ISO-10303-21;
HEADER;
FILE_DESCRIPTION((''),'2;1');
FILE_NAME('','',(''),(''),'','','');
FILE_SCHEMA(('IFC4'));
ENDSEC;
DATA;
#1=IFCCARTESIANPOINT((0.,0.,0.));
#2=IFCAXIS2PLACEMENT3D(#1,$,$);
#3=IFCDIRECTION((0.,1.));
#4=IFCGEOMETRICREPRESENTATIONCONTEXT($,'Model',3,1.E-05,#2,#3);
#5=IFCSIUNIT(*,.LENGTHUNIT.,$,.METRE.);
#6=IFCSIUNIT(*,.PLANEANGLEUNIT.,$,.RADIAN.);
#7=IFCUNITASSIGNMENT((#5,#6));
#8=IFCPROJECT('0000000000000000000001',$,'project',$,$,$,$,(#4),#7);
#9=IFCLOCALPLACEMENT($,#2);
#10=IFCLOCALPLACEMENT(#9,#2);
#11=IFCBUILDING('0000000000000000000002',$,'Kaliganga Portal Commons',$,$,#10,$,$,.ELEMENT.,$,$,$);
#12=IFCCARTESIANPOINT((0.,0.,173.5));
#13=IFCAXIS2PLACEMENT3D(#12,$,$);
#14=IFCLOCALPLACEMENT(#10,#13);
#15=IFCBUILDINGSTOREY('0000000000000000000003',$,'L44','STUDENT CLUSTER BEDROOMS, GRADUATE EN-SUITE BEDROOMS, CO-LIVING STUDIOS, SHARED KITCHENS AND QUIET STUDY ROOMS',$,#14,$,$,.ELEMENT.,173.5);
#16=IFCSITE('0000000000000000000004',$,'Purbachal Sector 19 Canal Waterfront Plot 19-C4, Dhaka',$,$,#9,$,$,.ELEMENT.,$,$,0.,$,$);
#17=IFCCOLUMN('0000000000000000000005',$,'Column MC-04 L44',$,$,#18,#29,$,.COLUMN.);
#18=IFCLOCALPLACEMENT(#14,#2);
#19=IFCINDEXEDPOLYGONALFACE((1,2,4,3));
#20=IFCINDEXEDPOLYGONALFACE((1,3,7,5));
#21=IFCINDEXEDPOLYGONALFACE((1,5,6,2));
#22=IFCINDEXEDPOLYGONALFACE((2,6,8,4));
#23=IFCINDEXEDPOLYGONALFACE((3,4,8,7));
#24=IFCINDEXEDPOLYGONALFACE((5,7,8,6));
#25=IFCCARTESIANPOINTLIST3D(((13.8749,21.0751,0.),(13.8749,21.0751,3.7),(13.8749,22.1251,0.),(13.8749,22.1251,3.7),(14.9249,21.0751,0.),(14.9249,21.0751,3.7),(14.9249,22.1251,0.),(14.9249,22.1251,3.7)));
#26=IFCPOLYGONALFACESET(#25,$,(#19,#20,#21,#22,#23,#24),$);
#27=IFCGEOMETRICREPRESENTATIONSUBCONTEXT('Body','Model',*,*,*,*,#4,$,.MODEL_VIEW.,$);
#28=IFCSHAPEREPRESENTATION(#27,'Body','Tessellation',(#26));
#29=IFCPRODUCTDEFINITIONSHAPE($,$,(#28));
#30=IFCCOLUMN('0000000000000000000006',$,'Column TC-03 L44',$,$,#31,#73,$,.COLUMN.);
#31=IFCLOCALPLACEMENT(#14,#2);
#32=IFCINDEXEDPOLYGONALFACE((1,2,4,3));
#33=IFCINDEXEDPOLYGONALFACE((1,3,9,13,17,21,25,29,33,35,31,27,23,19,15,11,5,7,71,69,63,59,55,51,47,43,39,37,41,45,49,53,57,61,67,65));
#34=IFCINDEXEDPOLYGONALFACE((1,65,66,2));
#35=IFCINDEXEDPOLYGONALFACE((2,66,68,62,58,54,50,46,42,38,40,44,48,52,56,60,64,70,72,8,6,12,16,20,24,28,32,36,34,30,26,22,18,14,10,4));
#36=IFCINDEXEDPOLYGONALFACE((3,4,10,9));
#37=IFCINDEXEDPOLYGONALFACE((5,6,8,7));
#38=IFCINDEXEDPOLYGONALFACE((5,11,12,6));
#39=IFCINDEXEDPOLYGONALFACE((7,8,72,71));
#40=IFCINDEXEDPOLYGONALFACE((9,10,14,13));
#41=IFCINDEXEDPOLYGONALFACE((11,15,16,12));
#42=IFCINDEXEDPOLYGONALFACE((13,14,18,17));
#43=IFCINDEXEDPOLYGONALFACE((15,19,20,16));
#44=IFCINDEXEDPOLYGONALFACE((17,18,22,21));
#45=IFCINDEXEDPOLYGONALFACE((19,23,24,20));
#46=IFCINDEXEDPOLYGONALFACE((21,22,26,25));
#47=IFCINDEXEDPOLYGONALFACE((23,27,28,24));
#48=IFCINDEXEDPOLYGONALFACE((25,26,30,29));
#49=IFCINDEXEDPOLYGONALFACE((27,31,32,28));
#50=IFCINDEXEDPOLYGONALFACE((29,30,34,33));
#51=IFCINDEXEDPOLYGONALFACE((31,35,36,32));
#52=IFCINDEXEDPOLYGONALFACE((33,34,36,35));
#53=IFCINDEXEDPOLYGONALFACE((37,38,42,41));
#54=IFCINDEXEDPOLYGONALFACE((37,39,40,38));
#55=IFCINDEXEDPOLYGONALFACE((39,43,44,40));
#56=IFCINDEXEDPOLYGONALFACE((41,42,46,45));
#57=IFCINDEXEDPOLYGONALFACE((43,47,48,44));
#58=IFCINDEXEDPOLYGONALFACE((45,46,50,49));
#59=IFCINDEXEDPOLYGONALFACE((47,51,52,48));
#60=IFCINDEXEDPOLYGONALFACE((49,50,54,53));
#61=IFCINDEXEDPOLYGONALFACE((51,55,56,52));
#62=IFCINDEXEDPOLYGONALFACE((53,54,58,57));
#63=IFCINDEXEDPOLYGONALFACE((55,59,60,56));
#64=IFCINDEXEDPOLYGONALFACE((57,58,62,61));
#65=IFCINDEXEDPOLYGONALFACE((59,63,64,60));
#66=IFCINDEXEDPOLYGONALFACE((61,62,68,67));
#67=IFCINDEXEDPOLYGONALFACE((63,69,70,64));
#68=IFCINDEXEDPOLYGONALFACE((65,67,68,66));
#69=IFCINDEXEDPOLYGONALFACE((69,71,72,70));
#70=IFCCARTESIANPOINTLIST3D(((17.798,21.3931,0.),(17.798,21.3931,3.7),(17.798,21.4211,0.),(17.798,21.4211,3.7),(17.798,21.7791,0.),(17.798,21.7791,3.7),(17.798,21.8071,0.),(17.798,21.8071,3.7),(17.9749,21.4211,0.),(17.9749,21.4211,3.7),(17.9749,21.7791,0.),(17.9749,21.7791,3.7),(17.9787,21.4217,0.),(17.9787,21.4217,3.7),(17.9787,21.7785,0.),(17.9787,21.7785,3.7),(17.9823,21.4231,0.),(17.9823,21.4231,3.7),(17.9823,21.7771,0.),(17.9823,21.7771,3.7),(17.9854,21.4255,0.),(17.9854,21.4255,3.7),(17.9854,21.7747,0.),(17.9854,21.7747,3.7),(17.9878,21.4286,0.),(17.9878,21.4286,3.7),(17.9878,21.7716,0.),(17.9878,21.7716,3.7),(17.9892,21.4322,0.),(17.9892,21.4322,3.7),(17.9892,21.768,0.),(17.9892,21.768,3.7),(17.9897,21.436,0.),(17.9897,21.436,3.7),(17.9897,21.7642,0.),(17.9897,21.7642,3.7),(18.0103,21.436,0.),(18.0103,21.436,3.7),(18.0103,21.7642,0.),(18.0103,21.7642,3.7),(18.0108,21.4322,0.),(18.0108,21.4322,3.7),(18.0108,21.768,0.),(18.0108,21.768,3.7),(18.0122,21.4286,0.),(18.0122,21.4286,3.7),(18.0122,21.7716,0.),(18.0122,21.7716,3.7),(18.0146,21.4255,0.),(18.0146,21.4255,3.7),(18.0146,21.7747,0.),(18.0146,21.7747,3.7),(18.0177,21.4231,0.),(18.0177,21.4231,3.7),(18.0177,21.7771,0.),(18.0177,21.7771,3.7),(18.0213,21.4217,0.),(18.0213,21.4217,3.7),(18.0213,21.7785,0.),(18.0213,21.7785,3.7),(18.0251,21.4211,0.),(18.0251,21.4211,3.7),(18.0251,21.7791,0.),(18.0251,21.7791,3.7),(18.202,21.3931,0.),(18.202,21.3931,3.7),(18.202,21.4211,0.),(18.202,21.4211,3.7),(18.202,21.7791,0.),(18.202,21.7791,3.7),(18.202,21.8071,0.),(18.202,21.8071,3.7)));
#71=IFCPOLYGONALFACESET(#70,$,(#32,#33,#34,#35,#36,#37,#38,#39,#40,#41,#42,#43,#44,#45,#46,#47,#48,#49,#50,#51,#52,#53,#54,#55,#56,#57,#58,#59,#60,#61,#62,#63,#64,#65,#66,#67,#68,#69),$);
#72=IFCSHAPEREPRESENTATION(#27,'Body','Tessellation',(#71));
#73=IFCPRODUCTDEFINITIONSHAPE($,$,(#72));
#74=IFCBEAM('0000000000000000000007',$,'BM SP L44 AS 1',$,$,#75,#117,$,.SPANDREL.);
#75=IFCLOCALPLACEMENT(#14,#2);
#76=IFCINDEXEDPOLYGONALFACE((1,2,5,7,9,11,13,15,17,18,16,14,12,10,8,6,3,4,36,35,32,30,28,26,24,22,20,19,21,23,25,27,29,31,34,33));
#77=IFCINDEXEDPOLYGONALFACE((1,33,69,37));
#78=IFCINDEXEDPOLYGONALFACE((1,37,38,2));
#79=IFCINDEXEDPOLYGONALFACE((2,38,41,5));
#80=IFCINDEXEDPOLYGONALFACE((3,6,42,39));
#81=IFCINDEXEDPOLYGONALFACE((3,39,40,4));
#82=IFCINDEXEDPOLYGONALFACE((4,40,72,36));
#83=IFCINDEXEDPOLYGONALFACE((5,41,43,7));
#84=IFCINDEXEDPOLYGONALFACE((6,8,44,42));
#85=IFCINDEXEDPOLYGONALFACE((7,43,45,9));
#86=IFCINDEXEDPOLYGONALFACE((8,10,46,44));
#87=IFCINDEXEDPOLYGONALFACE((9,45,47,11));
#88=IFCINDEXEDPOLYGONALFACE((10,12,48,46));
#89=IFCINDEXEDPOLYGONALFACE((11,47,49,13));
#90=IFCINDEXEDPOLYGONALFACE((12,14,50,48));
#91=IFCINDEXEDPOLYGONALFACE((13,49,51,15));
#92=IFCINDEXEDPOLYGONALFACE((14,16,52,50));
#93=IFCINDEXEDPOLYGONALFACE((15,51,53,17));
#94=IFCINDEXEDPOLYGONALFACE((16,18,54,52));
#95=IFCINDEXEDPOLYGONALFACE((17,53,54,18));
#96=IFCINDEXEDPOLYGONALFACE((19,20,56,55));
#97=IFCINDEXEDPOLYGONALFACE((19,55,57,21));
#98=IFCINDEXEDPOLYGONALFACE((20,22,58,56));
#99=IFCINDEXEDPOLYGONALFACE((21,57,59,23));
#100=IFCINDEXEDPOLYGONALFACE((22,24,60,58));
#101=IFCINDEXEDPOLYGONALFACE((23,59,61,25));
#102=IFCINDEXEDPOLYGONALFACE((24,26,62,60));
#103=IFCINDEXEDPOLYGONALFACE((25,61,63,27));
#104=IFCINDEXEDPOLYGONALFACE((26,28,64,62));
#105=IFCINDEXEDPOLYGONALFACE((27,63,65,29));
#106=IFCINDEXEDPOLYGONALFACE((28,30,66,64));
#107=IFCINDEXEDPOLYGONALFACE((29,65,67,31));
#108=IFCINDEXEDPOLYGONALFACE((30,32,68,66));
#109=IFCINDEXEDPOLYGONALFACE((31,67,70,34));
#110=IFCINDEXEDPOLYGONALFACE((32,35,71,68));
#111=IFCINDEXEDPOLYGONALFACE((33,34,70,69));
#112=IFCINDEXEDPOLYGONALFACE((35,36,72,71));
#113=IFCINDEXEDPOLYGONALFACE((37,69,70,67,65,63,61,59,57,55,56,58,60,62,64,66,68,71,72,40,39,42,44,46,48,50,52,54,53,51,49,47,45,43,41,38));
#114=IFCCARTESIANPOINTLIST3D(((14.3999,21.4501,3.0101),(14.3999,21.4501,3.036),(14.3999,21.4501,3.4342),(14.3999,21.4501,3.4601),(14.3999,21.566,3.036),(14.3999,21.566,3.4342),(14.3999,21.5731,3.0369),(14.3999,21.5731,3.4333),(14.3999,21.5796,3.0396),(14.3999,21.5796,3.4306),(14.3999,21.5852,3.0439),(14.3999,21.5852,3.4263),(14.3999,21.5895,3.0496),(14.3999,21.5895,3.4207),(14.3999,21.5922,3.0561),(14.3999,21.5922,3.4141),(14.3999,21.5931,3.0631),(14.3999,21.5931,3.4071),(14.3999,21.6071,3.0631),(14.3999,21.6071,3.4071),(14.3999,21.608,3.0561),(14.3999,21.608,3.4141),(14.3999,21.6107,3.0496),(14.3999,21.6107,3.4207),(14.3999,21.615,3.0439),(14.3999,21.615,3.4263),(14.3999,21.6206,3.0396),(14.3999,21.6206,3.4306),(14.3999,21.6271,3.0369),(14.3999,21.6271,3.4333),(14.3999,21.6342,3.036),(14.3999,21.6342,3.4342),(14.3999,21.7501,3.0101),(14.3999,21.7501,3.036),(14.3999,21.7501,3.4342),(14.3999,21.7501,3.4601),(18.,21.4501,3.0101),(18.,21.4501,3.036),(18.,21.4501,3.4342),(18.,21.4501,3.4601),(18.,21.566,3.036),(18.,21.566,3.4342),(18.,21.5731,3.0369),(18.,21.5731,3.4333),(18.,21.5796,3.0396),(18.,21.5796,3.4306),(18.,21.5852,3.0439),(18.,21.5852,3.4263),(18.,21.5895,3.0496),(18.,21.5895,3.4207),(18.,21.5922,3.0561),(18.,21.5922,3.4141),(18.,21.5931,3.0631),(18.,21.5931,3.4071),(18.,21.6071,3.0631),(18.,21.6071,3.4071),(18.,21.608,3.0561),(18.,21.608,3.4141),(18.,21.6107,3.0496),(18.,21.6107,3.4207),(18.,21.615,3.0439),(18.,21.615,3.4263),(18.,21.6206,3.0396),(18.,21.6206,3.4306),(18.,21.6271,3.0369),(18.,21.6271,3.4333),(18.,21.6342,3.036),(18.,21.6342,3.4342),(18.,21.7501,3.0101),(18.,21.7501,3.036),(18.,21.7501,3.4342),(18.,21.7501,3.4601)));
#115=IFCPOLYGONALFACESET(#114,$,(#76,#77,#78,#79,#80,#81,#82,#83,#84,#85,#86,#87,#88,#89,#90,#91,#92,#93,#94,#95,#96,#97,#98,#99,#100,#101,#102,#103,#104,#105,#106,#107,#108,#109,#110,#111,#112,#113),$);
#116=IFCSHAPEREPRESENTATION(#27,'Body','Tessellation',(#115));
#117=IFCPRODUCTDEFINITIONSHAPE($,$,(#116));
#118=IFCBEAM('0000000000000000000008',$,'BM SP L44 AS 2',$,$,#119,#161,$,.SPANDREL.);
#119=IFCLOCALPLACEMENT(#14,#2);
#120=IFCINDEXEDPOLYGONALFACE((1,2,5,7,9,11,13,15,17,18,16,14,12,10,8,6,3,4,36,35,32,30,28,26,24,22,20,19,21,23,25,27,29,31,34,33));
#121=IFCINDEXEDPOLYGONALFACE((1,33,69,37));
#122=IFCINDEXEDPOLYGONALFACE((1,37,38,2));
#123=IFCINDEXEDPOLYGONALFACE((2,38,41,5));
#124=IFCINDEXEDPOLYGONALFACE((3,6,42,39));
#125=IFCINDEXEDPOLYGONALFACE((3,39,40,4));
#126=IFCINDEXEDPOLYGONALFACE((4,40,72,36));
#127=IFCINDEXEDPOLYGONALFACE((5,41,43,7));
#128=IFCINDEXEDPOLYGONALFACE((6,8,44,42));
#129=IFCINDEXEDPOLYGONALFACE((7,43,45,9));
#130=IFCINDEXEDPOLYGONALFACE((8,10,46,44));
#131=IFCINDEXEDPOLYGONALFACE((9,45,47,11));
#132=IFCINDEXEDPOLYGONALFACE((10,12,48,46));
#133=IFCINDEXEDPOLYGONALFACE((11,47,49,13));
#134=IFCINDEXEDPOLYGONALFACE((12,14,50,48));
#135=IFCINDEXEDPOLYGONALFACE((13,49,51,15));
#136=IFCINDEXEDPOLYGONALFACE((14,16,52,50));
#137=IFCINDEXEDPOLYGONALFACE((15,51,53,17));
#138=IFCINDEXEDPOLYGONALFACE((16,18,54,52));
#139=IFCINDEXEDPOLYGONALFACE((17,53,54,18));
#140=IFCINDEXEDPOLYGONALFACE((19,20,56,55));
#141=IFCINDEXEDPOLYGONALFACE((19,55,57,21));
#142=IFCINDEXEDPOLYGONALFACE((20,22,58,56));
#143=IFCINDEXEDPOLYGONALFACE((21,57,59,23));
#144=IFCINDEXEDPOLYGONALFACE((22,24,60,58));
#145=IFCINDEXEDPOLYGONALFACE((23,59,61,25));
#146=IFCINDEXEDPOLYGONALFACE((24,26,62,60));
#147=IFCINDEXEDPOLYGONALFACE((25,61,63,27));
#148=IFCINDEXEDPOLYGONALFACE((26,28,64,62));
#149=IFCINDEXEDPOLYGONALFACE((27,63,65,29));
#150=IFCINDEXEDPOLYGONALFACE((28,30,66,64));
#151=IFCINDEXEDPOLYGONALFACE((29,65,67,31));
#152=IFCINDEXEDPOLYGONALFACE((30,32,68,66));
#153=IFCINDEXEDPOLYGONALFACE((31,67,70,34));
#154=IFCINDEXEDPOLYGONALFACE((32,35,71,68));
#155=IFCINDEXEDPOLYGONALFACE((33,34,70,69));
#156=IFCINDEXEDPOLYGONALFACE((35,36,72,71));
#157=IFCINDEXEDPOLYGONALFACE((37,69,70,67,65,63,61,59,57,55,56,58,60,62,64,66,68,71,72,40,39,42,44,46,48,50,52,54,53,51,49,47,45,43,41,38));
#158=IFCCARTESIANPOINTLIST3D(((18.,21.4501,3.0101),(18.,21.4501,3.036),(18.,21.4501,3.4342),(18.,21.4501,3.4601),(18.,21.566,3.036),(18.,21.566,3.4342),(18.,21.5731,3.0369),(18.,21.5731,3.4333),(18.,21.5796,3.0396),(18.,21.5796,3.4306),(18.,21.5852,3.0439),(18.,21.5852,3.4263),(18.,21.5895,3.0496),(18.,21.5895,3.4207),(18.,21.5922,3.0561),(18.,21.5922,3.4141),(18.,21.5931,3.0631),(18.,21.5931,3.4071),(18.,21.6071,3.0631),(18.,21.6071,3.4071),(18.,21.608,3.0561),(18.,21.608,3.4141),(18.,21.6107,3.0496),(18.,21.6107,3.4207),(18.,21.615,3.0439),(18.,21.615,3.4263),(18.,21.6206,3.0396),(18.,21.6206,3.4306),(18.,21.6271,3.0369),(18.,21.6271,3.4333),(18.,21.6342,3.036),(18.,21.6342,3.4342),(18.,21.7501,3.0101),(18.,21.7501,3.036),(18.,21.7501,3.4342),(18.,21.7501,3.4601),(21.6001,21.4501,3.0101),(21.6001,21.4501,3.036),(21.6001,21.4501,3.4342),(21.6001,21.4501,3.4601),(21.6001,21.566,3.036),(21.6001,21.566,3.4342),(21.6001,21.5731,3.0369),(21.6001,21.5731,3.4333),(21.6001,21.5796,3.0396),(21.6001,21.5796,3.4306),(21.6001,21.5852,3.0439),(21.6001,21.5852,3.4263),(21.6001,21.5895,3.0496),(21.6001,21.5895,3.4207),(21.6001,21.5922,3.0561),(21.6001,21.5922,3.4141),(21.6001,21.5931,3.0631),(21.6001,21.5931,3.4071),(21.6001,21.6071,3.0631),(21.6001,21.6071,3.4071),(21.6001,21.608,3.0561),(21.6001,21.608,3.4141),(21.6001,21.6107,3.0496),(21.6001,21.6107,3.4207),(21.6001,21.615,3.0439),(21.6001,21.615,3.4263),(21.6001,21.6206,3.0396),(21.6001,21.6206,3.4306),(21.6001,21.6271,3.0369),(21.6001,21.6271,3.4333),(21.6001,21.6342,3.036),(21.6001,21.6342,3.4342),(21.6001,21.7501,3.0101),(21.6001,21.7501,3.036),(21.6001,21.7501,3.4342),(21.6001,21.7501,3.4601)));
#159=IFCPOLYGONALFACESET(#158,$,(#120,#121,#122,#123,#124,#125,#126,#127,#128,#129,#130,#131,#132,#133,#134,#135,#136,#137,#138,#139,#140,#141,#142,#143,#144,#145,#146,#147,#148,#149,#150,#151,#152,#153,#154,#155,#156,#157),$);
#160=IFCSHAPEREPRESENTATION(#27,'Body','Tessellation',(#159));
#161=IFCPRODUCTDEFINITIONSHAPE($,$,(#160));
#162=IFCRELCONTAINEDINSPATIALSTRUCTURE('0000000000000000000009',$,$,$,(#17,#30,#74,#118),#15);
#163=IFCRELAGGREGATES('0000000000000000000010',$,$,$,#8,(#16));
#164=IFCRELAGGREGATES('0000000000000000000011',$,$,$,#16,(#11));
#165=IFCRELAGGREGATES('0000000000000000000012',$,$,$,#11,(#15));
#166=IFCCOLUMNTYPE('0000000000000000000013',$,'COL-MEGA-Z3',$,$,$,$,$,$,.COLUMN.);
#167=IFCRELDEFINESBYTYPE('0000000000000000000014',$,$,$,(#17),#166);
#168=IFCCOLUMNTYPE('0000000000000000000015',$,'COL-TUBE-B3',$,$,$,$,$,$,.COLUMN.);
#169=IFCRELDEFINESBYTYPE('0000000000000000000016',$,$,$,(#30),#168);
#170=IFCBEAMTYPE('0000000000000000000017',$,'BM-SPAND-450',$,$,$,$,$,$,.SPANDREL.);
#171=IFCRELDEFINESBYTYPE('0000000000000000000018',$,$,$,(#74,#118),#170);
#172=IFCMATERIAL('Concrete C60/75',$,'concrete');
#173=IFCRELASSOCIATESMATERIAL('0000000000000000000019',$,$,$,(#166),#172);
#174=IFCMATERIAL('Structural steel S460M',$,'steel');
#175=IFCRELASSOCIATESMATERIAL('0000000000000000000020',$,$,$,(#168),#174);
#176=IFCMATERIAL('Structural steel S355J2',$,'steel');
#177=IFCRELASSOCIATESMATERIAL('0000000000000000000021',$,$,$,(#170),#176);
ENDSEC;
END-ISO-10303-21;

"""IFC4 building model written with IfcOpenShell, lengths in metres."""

from ifc_helpers import new_model, si_unit, direction, frame, origin, origin_2d, place, context, subcontext, project, spatial, rectangle, i_section, extrude, source, transform, mapped, material, material_profile, profile_set, type_object, element, save


model = new_model("IFC4")

# Units and contexts
model_context = context("Model", 3, precision=1e-05, world=origin(), true_north=direction((0.0, 1.0)))
body_context = subcontext(model_context, "Body", "Model", "MODEL_VIEW")
ifc_project = project(units=[si_unit("LENGTHUNIT", "METRE"), si_unit("PLANEANGLEUNIT", "RADIAN")], contexts=[model_context])

# Site, building, storey
site_placement = place(None, origin())
site = spatial("IfcSite", under=ifc_project, at=site_placement, Name="Purbachal Sector 19 Canal Waterfront Plot 19-C4, Dhaka", CompositionType="ELEMENT", RefElevation=0.0)
building_placement = place(site_placement, origin())
building = spatial("IfcBuilding", under=site, at=building_placement, Name="Kaliganga Portal Commons", CompositionType="ELEMENT")
storey_placement = place(building_placement, frame((0.0, 0.0, 173.5)))
storey = spatial("IfcBuildingStorey", under=building, at=storey_placement, Name="L44", Description="STUDENT CLUSTER BEDROOMS, GRADUATE EN-SUITE BEDROOMS, CO-LIVING STUDIOS, SHARED KITCHENS AND QUIET STUDY ROOMS", CompositionType="ELEMENT", Elevation=173.5)

# Columns
ifc_material_1 = material(Name="Concrete C60/75", Category="concrete")
ifc_material_profile_1 = material_profile(ifc_material_1, rectangle(XDim=1.05, YDim=1.05, at=origin_2d()), Name="RC 1050x1050")
ifc_profile_set_1 = profile_set([ifc_material_profile_1], Name="Concrete C60/75")
column_type_1 = type_object("IfcColumnType", Name="COL-MEGA-Z3", PredefinedType="COLUMN", material=ifc_profile_set_1)
shared_shape_1 = source(origin(), body_context, "Body", "SweptSolid", [
    extrude(rectangle(XDim=1.05, YDim=1.05, at=origin_2d()), origin(), (0.0, 0.0, 1.0), 3.7),
])
column_1_placement = place(storey_placement, frame((14.3999, 21.6001, 0.0), z_axis=(0.0, 0.0, 1.0), x_axis=(1.0, 0.0, 0.0)))
element("IfcColumn", 1, at=column_1_placement, inside=storey, type_object=column_type_1, Name="Column MC-04 L44", PredefinedType="COLUMN", context=body_context, shape_type="MappedRepresentation", body=[
    mapped(shared_shape_1, transform((0.0, 0.0, 0.0), x_axis=(1.0, 0.0, 0.0), y_axis=(0.0, 1.0, 0.0), z_axis=(0.0, 0.0, 1.0), scale=1.0)),
])
ifc_material_2 = material(Name="Structural steel S460M", Category="steel")
ifc_material_profile_2 = material_profile(ifc_material_2, i_section(OverallWidth=0.4041, OverallDepth=0.4141, WebThickness=0.0205, FlangeThickness=0.0281, FilletRadius=0.0149, at=origin_2d()), Name="HD 400x347")
ifc_profile_set_2 = profile_set([ifc_material_profile_2], Name="Structural steel S460M wide-flange")
column_type_2 = type_object("IfcColumnType", Name="COL-TUBE-B3", PredefinedType="COLUMN", material=ifc_profile_set_2)
shared_shape_2 = source(origin(), body_context, "Body", "SweptSolid", [
    extrude(i_section(OverallWidth=0.4041, OverallDepth=0.4141, WebThickness=0.0205, FlangeThickness=0.0281, FilletRadius=0.0149, at=origin_2d()), origin(), (0.0, 0.0, 1.0), 3.7),
])
column_2_placement = place(storey_placement, frame((18.0, 21.6001, 0.0), z_axis=(0.0, 0.0, 1.0), x_axis=(1.0, 0.0, 0.0)))
element("IfcColumn", 2, at=column_2_placement, inside=storey, type_object=column_type_2, Name="Column TC-03 L44", PredefinedType="COLUMN", context=body_context, shape_type="MappedRepresentation", body=[
    mapped(shared_shape_2, transform((0.0, 0.0, 0.0), x_axis=(1.0, 0.0, 0.0), y_axis=(0.0, 1.0, 0.0), z_axis=(0.0, 0.0, 1.0), scale=1.0)),
])

# Beams
ifc_material_3 = material(Name="Structural steel S355J2", Category="steel")
ifc_material_profile_3 = material_profile(ifc_material_3, i_section(OverallWidth=0.3, OverallDepth=0.45, WebThickness=0.0139, FlangeThickness=0.0259, FilletRadius=0.0271, at=origin_2d()), Name="HE 450 B")
ifc_profile_set_3 = profile_set([ifc_material_profile_3], Name="Structural steel S355J2 wide-flange")
beam_type_1 = type_object("IfcBeamType", Name="BM-SPAND-450", PredefinedType="SPANDREL", material=ifc_profile_set_3)
shared_shape_3 = source(origin(), body_context, "Body", "SweptSolid", [
    extrude(i_section(OverallWidth=0.3, OverallDepth=0.45, WebThickness=0.0139, FlangeThickness=0.0259, FilletRadius=0.0271, at=origin_2d()), origin(), (0.0, 0.0, 1.0), 3.6001),
])
for number, where, z_axis, x_axis, name in (
    (3, (14.3999, 21.6001, 3.2351), (1.0, 0.0, 0.0), (0.0, 1.0, 0.0), "BM SP L44 AS 1"),
    (4, (18.0, 21.6001, 3.2351), (1.0, 0.0, 0.0), (0.0, 1.0, 0.0), "BM SP L44 AS 2"),
):
    element("IfcBeam", number, at=place(storey_placement, frame(where, z_axis=z_axis, x_axis=x_axis)), inside=storey, type_object=beam_type_1, Name=name, PredefinedType="SPANDREL", context=body_context, shape_type="MappedRepresentation", body=[
        mapped(shared_shape_3, transform((0.0, 0.0, 0.0), x_axis=(1.0, 0.0, 0.0), y_axis=(0.0, 1.0, 0.0), z_axis=(0.0, 0.0, 1.0), scale=1.0)),
    ])

save(model, "model.ifc")
